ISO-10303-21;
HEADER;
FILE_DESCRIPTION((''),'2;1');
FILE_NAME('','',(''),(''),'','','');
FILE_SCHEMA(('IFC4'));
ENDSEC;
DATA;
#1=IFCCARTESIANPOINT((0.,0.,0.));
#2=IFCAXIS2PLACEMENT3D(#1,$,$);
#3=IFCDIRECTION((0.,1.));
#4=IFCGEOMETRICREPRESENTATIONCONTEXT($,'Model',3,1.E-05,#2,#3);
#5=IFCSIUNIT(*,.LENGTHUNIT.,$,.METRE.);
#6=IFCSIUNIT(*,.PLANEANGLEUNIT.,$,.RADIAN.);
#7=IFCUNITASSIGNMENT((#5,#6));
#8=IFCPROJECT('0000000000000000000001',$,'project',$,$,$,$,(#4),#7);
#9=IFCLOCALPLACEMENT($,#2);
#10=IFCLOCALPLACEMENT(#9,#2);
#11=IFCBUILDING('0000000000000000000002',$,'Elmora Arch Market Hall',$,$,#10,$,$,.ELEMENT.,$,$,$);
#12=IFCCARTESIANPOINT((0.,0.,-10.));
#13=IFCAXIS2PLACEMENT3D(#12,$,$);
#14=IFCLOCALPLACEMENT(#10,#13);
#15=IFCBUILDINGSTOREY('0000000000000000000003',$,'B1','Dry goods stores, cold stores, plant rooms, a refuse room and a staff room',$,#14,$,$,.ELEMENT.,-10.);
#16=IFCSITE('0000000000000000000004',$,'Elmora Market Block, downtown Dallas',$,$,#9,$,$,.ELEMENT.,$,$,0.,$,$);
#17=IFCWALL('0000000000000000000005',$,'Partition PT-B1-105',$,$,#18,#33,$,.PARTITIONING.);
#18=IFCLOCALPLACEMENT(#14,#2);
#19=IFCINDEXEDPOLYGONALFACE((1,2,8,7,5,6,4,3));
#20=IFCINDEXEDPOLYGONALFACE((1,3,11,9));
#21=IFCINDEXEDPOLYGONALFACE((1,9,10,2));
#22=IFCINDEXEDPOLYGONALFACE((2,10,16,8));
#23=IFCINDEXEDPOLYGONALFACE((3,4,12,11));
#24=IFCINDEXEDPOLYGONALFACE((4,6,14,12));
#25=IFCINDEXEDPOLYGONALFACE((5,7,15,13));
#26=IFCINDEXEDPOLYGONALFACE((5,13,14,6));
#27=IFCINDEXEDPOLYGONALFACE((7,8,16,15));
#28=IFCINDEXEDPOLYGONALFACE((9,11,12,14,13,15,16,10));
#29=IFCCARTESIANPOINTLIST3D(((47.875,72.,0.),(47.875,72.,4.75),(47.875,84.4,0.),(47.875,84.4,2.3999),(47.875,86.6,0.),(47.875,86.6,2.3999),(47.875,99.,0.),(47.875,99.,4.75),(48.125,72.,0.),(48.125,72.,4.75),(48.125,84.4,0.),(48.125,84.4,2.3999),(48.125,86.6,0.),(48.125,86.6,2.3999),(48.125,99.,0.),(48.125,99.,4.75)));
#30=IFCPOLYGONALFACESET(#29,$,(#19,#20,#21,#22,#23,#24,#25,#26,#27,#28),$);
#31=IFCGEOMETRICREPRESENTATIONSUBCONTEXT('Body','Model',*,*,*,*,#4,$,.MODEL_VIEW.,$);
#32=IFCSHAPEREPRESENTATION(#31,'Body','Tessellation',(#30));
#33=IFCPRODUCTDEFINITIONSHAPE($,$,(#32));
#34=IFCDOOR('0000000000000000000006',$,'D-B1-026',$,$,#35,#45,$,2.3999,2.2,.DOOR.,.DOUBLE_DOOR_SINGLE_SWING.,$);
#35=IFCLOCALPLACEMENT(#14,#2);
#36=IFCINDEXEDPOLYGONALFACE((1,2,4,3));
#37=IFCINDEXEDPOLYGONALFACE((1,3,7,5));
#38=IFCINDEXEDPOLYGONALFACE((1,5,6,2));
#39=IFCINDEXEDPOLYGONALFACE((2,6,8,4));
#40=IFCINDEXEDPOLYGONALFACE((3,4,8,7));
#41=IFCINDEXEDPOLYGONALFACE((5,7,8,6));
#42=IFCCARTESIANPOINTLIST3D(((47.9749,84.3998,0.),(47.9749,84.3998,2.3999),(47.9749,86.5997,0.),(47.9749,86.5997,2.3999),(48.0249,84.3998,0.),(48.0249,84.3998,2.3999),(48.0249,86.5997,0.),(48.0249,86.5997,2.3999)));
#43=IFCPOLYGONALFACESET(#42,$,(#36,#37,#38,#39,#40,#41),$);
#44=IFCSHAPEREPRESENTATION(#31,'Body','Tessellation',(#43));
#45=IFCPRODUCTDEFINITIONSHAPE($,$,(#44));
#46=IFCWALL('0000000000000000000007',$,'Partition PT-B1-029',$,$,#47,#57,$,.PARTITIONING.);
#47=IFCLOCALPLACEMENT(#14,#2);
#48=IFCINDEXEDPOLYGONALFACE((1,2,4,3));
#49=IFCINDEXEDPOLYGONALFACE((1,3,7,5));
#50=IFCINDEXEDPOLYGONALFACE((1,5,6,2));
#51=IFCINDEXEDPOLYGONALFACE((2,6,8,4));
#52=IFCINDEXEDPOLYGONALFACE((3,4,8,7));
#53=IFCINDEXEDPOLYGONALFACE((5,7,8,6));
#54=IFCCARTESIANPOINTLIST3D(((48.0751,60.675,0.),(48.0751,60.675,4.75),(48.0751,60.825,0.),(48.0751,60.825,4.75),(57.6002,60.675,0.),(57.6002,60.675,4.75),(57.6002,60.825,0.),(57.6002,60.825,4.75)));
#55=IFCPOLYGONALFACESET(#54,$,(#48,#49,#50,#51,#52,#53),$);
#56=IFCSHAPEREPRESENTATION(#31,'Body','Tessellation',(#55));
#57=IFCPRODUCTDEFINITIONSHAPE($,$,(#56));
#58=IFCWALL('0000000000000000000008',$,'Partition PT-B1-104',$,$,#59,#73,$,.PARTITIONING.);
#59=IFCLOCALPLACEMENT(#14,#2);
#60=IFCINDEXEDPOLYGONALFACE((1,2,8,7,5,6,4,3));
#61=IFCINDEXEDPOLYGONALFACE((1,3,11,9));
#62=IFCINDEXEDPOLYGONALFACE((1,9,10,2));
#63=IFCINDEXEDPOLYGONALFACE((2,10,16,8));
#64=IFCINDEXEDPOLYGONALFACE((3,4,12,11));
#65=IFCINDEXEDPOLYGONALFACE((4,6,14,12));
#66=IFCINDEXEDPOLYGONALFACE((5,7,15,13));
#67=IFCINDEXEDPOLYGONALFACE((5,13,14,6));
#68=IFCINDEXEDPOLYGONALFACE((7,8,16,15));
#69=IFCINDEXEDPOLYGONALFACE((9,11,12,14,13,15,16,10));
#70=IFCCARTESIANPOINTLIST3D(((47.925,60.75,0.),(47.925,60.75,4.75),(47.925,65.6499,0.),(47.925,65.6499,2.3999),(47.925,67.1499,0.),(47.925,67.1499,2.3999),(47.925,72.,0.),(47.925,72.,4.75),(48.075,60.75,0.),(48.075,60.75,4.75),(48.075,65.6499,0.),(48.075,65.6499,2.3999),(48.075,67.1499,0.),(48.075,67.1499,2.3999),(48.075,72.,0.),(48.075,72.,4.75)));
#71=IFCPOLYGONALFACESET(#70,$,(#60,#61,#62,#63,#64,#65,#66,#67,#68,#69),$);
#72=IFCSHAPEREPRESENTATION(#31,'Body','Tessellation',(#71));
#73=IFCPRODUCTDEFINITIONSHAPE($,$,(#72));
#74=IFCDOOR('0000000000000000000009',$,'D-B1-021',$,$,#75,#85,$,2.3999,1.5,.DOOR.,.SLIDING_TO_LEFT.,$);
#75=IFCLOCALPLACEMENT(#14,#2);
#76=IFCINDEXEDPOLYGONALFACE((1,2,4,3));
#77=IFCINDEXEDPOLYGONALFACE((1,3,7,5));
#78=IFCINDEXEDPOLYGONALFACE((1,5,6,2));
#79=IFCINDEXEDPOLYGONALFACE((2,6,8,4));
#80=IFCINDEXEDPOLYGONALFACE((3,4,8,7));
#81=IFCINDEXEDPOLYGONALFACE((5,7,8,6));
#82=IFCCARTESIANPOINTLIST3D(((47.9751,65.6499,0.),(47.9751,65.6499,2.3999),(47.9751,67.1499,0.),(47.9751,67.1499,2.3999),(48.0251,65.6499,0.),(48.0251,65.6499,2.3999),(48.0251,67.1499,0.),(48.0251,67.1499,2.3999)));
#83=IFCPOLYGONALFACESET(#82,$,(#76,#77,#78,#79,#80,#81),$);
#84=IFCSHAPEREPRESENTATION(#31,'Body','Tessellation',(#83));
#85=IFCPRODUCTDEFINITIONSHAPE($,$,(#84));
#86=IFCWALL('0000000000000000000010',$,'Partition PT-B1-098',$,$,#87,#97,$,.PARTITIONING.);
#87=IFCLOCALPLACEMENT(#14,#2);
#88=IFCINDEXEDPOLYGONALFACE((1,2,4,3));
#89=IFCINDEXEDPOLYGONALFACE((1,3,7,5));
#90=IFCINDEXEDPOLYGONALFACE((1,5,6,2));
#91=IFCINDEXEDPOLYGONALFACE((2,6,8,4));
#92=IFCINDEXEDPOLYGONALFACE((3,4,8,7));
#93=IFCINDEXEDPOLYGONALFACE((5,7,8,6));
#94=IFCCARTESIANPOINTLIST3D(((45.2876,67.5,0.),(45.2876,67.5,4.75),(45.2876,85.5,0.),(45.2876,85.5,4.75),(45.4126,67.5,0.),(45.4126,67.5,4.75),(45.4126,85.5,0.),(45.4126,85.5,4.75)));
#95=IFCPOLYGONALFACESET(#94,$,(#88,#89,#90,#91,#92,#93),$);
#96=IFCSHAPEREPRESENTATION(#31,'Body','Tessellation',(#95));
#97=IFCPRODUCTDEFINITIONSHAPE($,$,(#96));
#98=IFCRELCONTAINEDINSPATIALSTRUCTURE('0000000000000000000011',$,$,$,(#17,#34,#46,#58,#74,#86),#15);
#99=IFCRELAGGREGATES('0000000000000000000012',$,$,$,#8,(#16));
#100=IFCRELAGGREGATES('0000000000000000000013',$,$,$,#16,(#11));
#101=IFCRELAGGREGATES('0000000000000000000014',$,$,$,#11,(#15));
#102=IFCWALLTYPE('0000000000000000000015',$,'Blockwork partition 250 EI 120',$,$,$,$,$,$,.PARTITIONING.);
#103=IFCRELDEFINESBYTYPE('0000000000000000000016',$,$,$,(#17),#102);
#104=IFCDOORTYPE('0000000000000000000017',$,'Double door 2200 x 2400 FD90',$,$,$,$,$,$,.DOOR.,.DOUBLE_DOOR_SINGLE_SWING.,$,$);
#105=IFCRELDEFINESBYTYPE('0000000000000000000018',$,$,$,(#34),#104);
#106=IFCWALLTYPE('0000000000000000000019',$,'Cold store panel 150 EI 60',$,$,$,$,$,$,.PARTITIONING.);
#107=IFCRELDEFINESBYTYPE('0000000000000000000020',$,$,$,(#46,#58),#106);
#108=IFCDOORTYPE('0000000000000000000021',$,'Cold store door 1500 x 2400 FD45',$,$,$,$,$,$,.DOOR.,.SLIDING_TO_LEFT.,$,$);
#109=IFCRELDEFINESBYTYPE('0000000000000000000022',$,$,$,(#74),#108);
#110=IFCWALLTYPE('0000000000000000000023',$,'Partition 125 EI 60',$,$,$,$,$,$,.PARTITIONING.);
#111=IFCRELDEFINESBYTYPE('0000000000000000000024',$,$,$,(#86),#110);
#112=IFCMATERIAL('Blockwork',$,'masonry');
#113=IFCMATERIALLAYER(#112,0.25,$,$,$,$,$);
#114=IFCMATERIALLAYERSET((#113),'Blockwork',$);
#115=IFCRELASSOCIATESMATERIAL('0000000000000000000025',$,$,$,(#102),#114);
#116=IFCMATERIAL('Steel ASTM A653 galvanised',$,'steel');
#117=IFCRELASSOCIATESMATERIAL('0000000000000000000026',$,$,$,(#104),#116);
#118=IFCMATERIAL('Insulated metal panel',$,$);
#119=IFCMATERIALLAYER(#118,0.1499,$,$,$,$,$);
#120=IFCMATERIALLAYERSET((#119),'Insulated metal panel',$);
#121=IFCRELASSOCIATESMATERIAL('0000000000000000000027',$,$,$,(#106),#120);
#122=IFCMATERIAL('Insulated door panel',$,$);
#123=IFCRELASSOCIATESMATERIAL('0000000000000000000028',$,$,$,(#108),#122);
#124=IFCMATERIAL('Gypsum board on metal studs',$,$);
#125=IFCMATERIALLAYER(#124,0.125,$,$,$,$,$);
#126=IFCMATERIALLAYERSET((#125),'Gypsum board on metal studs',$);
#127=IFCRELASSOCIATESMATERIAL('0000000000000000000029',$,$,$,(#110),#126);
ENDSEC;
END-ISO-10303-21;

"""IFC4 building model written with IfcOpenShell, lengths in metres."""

from ifc_helpers import new_model, si_unit, direction, frame, frame_2d, origin, place, context, subcontext, project, spatial, rectangle, extrude, material, layer, layer_set, type_object, element, fill, save


model = new_model("IFC4")

# Units and contexts
model_context = context("Model", 3, precision=1e-05, world=origin(), true_north=direction((0.0, 1.0)))
body_context = subcontext(model_context, "Body", "Model", "MODEL_VIEW")
ifc_project = project(units=[si_unit("LENGTHUNIT", "METRE"), si_unit("PLANEANGLEUNIT", "RADIAN")], contexts=[model_context])

# Site, building, storey
site_placement = place(None, origin())
site = spatial("IfcSite", under=ifc_project, at=site_placement, Name="Elmora Market Block, downtown Dallas", CompositionType="ELEMENT", RefElevation=0.0)
building_placement = place(site_placement, origin())
building = spatial("IfcBuilding", under=site, at=building_placement, Name="Elmora Arch Market Hall", CompositionType="ELEMENT")
storey_placement = place(building_placement, frame((0.0, 0.0, -10.0)))
storey = spatial("IfcBuildingStorey", under=building, at=storey_placement, Name="B1", Description="Dry goods stores, cold stores, plant rooms, a refuse room and a staff room", CompositionType="ELEMENT", Elevation=-10.0)

# Shared definitions
ifc_material_1 = material(Name="Blockwork", Category="masonry")
ifc_layer_1 = layer(ifc_material_1, 0.25)
ifc_layer_set_1 = layer_set([ifc_layer_1], Name="Blockwork")
wall_type_1 = type_object("IfcWallType", Name="Blockwork partition 250 EI 120", PredefinedType="PARTITIONING", material=ifc_layer_set_1)

# Wall, opening, door
wall_1_placement = place(storey_placement, frame((48.0, 72.0, 0.0), z_axis=(0.0, 0.0, 1.0), x_axis=(0.0, 1.0, 0.0)))
wall_1 = element("IfcWall", 1, at=wall_1_placement, inside=storey, type_object=wall_type_1, Name="Partition PT-B1-105", PredefinedType="PARTITIONING", context=body_context, shape_type="SweptSolid", body=[
    extrude(rectangle(XDim=27.0, YDim=0.25, at=frame_2d((13.5, 0.0))), origin(), (0.0, 0.0, 1.0), 4.75),
])
opening_1_placement = place(wall_1_placement, frame((12.3999, 0.0, 0.0)))
opening_1 = element("IfcOpeningElement", 2, at=opening_1_placement, cuts=wall_1, PredefinedType="OPENING", context=body_context, shape_type="SweptSolid", body=[
    extrude(rectangle(XDim=2.2, YDim=2.3999, at=frame_2d((1.1001, 1.2))), frame((0.0, 0.135, 0.0), z_axis=(0.0, -1.0, 0.0), x_axis=(1.0, 0.0, 0.0)), (0.0, 0.0, 1.0), 0.27),
])
ifc_material_2 = material(Name="Steel ASTM A653 galvanised", Category="steel")
door_type_1 = type_object("IfcDoorType", Name="Double door 2200 x 2400 FD90", OperationType="DOUBLE_DOOR_SINGLE_SWING", PredefinedType="DOOR", material=ifc_material_2)
door_1_placement = place(opening_1_placement, frame((2.2, 0.0, 0.0), z_axis=(0.0, 0.0, 1.0), x_axis=(-1.0, 0.0, 0.0)))
door_1 = element("IfcDoor", 3, at=door_1_placement, inside=storey, type_object=door_type_1, Name="D-B1-026", OperationType="DOUBLE_DOOR_SINGLE_SWING", OverallHeight=2.3999, OverallWidth=2.2, PredefinedType="DOOR", context=body_context, shape_type="SweptSolid", body=[
    extrude(rectangle(XDim=2.2, YDim=2.3999, at=frame_2d((1.1001, 1.2))), frame((0.0, 0.0249, 0.0), z_axis=(0.0, -1.0, 0.0), x_axis=(1.0, 0.0, 0.0)), (0.0, 0.0, 1.0), 0.05),
])
fill(opening_1, door_1)

# Wall
ifc_material_3 = material(Name="Insulated metal panel")
ifc_layer_2 = layer(ifc_material_3, 0.1499)
ifc_layer_set_2 = layer_set([ifc_layer_2], Name="Insulated metal panel")
wall_type_2 = type_object("IfcWallType", Name="Cold store panel 150 EI 60", PredefinedType="PARTITIONING", material=ifc_layer_set_2)
wall_2_placement = place(storey_placement, frame((48.075, 60.75, 0.0), z_axis=(0.0, 0.0, 1.0), x_axis=(1.0, 0.0, 0.0)))
element("IfcWall", 4, at=wall_2_placement, inside=storey, type_object=wall_type_2, Name="Partition PT-B1-029", PredefinedType="PARTITIONING", context=body_context, shape_type="SweptSolid", body=[
    extrude(rectangle(XDim=9.5251, YDim=0.1499, at=frame_2d((4.7627, 0.0))), origin(), (0.0, 0.0, 1.0), 4.75),
])

# Wall, opening, door
wall_3_placement = place(storey_placement, frame((48.0, 60.75, 0.0), z_axis=(0.0, 0.0, 1.0), x_axis=(0.0, 1.0, 0.0)))
wall_3 = element("IfcWall", 5, at=wall_3_placement, inside=storey, type_object=wall_type_2, Name="Partition PT-B1-104", PredefinedType="PARTITIONING", context=body_context, shape_type="SweptSolid", body=[
    extrude(rectangle(XDim=11.25, YDim=0.1499, at=frame_2d((5.625, 0.0))), origin(), (0.0, 0.0, 1.0), 4.75),
])
opening_2_placement = place(wall_3_placement, frame((4.8999, 0.0, 0.0)))
opening_2 = element("IfcOpeningElement", 6, at=opening_2_placement, cuts=wall_3, PredefinedType="OPENING", context=body_context, shape_type="SweptSolid", body=[
    extrude(rectangle(XDim=1.5, YDim=2.3999, at=frame_2d((0.75, 1.2))), frame((0.0, 0.085, 0.0), z_axis=(0.0, -1.0, 0.0), x_axis=(1.0, 0.0, 0.0)), (0.0, 0.0, 1.0), 0.1699),
])
ifc_material_4 = material(Name="Insulated door panel")
door_type_2 = type_object("IfcDoorType", Name="Cold store door 1500 x 2400 FD45", OperationType="SLIDING_TO_LEFT", PredefinedType="DOOR", material=ifc_material_4)
door_2_placement = place(opening_2_placement, origin())
door_2 = element("IfcDoor", 7, at=door_2_placement, inside=storey, type_object=door_type_2, Name="D-B1-021", OperationType="SLIDING_TO_LEFT", OverallHeight=2.3999, OverallWidth=1.5, PredefinedType="DOOR", context=body_context, shape_type="SweptSolid", body=[
    extrude(rectangle(XDim=1.5, YDim=2.3999, at=frame_2d((0.75, 1.2))), frame((0.0, 0.0249, 0.0), z_axis=(0.0, -1.0, 0.0), x_axis=(1.0, 0.0, 0.0)), (0.0, 0.0, 1.0), 0.05),
])
fill(opening_2, door_2)

# Wall
ifc_material_5 = material(Name="Gypsum board on metal studs")
ifc_layer_3 = layer(ifc_material_5, 0.125)
ifc_layer_set_3 = layer_set([ifc_layer_3], Name="Gypsum board on metal studs")
wall_type_3 = type_object("IfcWallType", Name="Partition 125 EI 60", PredefinedType="PARTITIONING", material=ifc_layer_set_3)
wall_4_placement = place(storey_placement, frame((45.3501, 67.5, 0.0), z_axis=(0.0, 0.0, 1.0), x_axis=(0.0, 1.0, 0.0)))
element("IfcWall", 8, at=wall_4_placement, inside=storey, type_object=wall_type_3, Name="Partition PT-B1-098", PredefinedType="PARTITIONING", context=body_context, shape_type="SweptSolid", body=[
    extrude(rectangle(XDim=18.0, YDim=0.125, at=frame_2d((9.0, 0.0))), origin(), (0.0, 0.0, 1.0), 4.75),
])

save(model, "model.ifc")
